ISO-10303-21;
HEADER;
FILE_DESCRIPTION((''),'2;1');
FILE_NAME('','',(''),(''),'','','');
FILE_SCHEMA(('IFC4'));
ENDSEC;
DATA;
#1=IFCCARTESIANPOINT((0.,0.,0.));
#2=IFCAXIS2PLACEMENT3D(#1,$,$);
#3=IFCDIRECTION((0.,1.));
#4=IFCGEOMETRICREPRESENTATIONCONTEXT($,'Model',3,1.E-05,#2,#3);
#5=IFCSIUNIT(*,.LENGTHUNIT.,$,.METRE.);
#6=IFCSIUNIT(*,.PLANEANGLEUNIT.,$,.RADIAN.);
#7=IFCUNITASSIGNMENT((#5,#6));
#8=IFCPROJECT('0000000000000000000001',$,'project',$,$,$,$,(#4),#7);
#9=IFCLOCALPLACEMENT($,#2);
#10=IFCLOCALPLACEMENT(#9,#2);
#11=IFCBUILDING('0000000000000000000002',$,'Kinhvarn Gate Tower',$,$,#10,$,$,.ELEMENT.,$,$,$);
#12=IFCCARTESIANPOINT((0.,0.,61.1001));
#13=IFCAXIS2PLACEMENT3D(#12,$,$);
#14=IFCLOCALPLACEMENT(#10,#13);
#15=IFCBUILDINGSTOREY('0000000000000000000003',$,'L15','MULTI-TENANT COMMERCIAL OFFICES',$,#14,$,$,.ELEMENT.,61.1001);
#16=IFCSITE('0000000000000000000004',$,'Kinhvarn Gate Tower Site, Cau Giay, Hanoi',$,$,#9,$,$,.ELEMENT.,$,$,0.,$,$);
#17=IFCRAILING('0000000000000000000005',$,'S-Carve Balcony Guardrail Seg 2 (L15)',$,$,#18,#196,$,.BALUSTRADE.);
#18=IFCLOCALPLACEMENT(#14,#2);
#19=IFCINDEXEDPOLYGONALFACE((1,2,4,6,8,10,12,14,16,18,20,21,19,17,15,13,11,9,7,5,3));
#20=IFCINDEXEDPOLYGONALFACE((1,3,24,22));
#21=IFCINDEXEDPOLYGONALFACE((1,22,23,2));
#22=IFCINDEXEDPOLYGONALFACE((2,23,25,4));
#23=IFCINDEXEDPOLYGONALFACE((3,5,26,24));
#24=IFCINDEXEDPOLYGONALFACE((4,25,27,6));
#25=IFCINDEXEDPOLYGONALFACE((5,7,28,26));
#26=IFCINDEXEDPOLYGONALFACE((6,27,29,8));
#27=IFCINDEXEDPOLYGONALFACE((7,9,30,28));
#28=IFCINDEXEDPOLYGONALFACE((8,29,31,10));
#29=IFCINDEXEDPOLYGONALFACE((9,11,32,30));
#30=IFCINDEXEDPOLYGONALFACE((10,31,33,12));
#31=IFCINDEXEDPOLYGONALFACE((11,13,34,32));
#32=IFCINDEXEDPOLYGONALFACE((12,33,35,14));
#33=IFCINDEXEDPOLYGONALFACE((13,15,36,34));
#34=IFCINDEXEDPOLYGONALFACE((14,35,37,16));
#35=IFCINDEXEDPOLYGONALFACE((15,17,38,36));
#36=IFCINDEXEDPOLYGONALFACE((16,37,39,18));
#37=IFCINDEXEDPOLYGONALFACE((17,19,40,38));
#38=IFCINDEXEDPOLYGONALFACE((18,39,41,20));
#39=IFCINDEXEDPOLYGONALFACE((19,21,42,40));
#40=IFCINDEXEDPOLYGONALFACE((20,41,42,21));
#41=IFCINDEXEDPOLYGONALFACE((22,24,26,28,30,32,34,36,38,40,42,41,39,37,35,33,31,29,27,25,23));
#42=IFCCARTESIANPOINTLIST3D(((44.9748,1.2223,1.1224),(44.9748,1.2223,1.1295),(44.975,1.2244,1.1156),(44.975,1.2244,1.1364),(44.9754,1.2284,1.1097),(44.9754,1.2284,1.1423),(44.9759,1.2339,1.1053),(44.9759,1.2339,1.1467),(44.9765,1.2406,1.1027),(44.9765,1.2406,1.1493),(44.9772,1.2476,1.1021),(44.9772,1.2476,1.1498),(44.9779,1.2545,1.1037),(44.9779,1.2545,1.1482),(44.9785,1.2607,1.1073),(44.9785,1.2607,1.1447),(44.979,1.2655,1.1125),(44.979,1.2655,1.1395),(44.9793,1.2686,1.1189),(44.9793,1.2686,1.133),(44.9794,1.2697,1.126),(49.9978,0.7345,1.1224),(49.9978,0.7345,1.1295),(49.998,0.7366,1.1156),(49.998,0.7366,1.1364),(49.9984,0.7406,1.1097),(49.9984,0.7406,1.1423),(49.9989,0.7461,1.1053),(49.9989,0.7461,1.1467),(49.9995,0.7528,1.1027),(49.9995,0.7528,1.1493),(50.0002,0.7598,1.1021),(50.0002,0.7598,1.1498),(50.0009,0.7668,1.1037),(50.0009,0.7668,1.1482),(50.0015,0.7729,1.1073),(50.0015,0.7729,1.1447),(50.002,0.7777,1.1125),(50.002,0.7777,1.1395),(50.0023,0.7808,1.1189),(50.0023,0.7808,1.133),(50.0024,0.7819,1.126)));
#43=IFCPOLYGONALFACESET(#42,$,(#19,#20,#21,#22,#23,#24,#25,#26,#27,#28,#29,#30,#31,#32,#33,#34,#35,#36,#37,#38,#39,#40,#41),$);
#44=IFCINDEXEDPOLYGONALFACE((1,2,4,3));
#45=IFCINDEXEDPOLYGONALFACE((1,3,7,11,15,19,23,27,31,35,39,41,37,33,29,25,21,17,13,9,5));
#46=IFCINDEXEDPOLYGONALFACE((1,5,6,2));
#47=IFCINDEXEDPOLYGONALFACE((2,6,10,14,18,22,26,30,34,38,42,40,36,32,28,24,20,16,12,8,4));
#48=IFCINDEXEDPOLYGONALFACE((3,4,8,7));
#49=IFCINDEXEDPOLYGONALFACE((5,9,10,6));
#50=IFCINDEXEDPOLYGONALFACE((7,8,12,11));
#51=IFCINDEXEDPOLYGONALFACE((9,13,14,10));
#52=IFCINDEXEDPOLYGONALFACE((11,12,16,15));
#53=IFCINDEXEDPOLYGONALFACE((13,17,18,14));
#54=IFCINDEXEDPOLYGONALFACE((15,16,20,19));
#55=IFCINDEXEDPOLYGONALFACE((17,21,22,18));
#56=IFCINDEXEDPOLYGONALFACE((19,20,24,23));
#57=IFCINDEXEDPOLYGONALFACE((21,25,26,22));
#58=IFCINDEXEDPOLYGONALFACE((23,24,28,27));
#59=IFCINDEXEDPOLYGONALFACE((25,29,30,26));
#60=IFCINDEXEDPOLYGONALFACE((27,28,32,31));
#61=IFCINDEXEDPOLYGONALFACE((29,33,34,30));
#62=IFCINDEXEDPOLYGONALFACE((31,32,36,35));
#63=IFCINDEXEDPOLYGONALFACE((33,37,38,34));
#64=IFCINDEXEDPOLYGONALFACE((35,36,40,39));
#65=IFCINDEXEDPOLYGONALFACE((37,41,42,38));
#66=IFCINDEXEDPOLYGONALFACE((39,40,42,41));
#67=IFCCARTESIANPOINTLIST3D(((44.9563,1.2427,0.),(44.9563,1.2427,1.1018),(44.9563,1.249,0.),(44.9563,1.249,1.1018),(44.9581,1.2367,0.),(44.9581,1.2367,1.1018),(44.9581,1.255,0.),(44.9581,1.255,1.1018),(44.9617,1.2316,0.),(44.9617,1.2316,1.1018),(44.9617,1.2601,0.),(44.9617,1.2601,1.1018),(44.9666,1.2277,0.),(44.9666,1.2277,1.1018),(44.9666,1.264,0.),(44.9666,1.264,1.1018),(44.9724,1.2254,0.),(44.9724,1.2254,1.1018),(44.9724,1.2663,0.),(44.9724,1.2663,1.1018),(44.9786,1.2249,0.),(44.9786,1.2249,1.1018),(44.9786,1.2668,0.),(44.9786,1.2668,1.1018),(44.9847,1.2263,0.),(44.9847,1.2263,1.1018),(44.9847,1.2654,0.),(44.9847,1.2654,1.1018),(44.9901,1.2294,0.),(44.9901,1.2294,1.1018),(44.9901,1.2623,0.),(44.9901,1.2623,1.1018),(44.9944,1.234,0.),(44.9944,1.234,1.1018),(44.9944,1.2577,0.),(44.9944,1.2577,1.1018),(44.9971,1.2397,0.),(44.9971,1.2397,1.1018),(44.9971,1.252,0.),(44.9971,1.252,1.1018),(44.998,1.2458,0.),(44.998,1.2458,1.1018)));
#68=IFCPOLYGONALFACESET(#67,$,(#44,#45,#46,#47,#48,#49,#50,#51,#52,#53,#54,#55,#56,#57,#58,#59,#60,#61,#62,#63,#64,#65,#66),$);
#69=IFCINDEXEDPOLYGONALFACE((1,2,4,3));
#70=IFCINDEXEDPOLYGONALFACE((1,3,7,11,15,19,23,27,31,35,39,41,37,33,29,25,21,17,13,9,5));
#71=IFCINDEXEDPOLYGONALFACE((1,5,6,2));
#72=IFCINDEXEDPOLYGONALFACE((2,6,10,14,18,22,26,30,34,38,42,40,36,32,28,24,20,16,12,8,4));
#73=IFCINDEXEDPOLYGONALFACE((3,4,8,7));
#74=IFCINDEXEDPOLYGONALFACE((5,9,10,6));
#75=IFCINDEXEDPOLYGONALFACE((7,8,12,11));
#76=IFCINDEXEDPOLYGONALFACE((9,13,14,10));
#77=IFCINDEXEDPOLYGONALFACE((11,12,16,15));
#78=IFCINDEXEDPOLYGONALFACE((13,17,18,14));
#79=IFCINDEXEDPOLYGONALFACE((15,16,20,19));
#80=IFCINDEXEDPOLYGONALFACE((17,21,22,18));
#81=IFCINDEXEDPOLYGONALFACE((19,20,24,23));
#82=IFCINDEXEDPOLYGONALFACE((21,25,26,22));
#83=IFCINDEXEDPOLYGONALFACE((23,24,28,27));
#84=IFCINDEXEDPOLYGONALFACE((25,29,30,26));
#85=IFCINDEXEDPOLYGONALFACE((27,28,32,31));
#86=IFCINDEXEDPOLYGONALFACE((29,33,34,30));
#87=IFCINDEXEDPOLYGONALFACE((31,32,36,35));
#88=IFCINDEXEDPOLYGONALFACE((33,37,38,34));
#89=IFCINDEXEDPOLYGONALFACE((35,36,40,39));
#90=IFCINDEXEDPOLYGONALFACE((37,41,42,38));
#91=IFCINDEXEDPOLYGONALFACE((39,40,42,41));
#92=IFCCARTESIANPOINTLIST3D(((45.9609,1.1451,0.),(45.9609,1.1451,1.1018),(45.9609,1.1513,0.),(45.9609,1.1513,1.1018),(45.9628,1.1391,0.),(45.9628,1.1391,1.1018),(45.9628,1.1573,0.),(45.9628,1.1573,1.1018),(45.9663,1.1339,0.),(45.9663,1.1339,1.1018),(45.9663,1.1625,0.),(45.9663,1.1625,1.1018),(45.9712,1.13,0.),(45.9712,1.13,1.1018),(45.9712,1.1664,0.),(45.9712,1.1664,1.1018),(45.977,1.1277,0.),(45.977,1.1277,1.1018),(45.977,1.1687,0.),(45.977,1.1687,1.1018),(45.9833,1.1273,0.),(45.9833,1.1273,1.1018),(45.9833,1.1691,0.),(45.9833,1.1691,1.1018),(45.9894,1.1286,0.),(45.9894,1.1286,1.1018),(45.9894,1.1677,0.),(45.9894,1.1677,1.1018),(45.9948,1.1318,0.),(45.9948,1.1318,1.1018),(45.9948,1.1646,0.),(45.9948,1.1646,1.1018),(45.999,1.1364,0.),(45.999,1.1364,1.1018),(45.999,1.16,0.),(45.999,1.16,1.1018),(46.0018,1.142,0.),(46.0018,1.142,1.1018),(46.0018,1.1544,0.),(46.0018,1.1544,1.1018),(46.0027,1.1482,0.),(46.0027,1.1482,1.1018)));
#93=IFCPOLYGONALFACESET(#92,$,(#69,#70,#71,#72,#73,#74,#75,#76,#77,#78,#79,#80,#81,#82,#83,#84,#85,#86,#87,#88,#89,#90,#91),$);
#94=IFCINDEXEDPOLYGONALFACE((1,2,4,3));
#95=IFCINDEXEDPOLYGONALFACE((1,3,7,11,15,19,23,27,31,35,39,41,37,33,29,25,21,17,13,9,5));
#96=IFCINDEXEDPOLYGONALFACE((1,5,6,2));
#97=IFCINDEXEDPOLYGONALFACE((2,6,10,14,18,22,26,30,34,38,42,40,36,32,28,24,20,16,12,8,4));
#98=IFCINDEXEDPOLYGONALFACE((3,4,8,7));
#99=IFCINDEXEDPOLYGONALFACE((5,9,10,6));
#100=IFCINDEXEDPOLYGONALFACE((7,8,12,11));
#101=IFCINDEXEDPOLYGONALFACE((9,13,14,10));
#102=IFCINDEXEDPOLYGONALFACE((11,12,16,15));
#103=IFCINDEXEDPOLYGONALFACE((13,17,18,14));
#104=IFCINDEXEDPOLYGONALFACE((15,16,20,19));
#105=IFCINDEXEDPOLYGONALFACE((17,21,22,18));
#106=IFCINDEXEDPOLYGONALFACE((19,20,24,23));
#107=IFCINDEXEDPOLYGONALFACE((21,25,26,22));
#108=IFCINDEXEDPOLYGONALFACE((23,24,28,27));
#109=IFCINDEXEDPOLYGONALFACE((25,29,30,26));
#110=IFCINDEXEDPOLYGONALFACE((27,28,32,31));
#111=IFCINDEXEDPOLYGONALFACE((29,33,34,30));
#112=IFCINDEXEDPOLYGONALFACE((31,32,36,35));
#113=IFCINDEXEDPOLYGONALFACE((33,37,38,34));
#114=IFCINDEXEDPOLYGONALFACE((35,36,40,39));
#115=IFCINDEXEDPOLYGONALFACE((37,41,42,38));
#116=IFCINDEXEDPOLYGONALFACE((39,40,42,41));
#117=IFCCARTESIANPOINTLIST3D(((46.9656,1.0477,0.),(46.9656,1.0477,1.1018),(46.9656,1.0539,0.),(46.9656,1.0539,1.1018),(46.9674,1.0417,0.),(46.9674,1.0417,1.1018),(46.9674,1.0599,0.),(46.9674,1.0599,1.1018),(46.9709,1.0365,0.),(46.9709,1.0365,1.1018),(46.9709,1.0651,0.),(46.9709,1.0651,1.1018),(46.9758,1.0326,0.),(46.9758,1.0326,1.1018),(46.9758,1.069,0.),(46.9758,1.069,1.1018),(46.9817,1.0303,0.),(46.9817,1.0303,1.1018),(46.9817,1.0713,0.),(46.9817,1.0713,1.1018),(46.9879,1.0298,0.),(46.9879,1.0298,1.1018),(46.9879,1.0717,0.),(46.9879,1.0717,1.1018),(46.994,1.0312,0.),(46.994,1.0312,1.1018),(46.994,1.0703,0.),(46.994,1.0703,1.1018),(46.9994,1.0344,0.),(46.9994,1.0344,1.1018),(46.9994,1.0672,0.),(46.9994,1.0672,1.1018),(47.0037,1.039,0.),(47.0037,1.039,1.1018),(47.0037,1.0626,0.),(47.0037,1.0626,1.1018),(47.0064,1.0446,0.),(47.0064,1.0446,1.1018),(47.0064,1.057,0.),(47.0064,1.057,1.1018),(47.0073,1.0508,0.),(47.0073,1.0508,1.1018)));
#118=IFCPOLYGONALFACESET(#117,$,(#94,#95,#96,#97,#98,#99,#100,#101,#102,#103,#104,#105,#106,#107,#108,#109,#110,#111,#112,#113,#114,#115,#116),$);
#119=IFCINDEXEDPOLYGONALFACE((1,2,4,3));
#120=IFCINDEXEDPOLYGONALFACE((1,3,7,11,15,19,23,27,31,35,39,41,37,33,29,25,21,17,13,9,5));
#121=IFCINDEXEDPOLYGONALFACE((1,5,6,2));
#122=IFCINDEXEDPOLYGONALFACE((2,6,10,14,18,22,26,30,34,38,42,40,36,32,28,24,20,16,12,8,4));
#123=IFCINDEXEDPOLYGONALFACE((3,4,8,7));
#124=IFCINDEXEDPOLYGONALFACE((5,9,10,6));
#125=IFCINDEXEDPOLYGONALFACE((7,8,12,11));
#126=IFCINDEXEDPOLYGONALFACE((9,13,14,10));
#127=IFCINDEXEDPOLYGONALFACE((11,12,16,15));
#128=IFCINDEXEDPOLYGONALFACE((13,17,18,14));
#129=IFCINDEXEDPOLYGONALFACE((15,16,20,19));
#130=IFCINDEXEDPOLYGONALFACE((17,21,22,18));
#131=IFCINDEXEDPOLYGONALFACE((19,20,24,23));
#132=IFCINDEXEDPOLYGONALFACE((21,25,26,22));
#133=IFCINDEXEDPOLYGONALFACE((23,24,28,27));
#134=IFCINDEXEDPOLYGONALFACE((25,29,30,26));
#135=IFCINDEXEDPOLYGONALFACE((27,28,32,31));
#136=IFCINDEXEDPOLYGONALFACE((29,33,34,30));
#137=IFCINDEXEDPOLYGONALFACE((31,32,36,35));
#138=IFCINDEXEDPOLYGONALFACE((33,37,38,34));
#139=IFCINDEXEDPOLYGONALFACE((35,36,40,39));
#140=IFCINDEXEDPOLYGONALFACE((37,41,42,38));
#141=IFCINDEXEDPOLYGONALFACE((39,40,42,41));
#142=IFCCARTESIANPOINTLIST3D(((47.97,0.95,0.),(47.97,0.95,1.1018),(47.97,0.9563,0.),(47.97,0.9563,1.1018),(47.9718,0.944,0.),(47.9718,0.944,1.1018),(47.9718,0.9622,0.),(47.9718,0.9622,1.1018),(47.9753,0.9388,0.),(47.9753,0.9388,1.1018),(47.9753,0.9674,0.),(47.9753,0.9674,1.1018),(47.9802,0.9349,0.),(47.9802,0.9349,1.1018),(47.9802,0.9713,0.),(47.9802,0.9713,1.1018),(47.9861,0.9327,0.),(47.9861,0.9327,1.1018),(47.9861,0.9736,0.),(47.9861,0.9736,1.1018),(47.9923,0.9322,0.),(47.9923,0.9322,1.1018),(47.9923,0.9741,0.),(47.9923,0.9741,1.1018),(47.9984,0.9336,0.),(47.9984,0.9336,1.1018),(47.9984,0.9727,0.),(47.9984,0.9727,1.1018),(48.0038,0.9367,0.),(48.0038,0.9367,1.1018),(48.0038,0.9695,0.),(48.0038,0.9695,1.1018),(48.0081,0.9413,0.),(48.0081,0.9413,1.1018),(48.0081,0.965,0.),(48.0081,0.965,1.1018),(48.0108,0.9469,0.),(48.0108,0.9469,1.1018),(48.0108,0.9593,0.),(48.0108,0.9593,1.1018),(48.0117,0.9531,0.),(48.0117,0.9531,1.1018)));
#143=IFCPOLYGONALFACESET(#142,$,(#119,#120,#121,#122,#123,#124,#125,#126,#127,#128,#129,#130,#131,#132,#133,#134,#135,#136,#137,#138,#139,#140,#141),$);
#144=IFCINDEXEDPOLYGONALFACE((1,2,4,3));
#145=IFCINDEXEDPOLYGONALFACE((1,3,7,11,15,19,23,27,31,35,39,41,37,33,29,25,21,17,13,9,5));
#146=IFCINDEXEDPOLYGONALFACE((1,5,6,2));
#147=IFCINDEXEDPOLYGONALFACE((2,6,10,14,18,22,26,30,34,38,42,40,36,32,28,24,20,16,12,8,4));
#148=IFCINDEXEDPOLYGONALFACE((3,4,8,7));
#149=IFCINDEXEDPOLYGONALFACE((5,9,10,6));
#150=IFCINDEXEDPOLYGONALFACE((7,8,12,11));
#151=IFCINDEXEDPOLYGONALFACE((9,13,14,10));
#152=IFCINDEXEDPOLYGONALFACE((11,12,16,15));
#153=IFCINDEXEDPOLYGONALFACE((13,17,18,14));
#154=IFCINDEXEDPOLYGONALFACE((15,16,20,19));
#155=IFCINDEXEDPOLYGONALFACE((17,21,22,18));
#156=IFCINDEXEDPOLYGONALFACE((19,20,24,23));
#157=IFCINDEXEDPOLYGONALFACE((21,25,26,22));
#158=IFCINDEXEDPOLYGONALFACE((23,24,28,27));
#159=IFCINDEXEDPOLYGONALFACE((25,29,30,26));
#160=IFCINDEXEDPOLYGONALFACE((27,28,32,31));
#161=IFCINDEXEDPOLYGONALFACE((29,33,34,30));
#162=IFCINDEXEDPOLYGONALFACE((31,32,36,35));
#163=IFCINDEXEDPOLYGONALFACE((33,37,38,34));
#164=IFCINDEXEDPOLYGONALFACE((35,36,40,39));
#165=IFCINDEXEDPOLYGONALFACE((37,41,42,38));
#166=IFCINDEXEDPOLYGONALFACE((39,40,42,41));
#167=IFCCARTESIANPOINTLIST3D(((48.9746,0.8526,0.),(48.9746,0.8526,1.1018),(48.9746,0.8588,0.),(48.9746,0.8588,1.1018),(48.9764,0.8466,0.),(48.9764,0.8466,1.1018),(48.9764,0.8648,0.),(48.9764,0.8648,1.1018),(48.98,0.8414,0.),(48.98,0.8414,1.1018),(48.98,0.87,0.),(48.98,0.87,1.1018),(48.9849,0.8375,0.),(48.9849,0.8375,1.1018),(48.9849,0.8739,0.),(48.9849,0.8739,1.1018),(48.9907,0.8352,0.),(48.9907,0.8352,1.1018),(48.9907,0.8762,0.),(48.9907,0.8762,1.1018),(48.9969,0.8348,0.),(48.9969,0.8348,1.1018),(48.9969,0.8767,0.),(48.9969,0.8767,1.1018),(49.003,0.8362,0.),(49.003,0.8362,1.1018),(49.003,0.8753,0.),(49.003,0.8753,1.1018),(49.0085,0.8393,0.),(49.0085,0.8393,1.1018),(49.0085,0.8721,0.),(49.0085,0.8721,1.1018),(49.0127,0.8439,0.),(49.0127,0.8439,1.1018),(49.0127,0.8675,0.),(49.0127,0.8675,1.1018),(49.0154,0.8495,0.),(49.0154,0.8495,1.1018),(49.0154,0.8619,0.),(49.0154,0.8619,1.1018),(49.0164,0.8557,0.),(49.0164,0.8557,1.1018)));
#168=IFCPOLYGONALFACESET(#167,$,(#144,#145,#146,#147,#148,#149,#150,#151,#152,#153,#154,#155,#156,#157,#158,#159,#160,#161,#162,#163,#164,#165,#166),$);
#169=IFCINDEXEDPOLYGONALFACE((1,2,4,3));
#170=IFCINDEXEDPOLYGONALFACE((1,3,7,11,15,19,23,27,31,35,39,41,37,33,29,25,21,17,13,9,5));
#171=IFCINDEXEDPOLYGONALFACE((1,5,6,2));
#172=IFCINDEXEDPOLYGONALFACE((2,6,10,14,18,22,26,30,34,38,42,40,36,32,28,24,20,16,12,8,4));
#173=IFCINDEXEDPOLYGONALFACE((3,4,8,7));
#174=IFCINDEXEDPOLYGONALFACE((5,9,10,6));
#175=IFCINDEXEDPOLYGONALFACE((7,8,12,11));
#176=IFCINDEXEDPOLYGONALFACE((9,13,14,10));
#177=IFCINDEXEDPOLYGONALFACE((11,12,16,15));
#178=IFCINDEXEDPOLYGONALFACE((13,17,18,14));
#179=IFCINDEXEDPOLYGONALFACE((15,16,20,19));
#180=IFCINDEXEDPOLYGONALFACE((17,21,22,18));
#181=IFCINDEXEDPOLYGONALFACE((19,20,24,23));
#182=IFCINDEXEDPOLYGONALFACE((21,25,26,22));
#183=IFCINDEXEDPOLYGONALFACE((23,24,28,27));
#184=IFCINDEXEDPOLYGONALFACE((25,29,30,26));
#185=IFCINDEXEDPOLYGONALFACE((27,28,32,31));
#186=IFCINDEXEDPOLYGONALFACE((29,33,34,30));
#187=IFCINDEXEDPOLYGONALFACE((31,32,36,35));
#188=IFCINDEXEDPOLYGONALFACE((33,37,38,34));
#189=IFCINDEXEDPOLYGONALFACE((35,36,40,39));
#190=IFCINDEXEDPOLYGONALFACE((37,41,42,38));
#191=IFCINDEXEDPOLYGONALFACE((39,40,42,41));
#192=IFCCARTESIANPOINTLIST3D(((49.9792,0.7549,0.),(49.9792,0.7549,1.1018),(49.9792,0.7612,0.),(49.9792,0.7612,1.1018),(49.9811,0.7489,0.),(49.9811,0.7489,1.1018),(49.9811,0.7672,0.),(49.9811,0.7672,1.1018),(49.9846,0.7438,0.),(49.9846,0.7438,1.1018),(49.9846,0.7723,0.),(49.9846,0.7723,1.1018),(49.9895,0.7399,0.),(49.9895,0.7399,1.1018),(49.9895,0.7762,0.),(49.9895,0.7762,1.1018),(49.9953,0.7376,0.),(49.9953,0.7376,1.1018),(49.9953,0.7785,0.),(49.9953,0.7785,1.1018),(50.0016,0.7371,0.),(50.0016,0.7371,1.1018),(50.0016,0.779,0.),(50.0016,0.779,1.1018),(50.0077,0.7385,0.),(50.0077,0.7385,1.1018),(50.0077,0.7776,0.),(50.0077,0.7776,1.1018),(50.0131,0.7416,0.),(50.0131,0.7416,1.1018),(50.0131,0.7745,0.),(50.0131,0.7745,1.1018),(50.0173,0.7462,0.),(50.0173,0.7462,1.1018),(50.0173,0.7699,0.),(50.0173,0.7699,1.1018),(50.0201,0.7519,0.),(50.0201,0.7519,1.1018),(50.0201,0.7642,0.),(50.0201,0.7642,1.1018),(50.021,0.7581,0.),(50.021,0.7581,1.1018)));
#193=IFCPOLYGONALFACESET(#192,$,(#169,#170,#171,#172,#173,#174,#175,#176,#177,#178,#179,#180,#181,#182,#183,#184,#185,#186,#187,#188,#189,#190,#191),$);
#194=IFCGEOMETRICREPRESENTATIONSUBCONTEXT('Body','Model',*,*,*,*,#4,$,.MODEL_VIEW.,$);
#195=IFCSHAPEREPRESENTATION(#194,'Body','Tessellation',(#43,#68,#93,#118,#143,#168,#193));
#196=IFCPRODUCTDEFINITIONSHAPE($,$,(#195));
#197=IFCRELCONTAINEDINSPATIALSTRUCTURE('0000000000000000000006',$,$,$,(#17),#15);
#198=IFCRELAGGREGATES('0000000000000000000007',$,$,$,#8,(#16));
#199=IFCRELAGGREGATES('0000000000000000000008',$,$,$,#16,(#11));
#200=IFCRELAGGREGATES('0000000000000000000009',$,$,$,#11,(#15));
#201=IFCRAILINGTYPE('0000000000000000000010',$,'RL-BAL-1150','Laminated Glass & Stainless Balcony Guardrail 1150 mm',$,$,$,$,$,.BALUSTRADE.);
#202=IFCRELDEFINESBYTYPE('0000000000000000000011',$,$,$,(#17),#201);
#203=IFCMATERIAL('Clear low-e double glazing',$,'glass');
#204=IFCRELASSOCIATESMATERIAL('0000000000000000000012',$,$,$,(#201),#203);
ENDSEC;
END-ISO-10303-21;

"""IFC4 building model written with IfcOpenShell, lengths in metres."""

from ifc_helpers import new_model, si_unit, direction, frame, origin, origin_2d, place, context, subcontext, project, spatial, circle, extrude, material, type_object, element, save


model = new_model("IFC4")

# Units and contexts
model_context = context("Model", 3, precision=1e-05, world=origin(), true_north=direction((0.0, 1.0)))
body_context = subcontext(model_context, "Body", "Model", "MODEL_VIEW")
ifc_project = project(units=[si_unit("LENGTHUNIT", "METRE"), si_unit("PLANEANGLEUNIT", "RADIAN")], contexts=[model_context])

# Site, building, storey
site_placement = place(None, origin())
site = spatial("IfcSite", under=ifc_project, at=site_placement, Name="Kinhvarn Gate Tower Site, Cau Giay, Hanoi", CompositionType="ELEMENT", RefElevation=0.0)
building_placement = place(site_placement, origin())
building = spatial("IfcBuilding", under=site, at=building_placement, Name="Kinhvarn Gate Tower", CompositionType="ELEMENT")
storey_placement = place(building_placement, frame((0.0, 0.0, 61.1001)))
storey = spatial("IfcBuildingStorey", under=building, at=storey_placement, Name="L15", Description="MULTI-TENANT COMMERCIAL OFFICES", CompositionType="ELEMENT", Elevation=61.1001)

# Shared definitions
ifc_material_1 = material(Name="Clear low-e double glazing", Category="glass")

# Railing
railing_type = type_object("IfcRailingType", Name="RL-BAL-1150", Description="Laminated Glass & Stainless Balcony Guardrail 1150 mm", PredefinedType="BALUSTRADE", material=ifc_material_1)
railing_1_placement = place(storey_placement, frame((44.9771, 1.2458, 0.0)))
element("IfcRailing", 1, at=railing_1_placement, inside=storey, type_object=railing_type, Name="S-Carve Balcony Guardrail Seg 2 (L15)", PredefinedType="BALUSTRADE", context=body_context, shape_type="SweptSolid", body=[
    extrude(circle(Radius=0.0239, at=origin_2d()), frame((0.0, 0.0, 1.126), z_axis=(0.995318, -0.096658, 0.0), x_axis=(0.096658, 0.995318, 0.0)), (0.0, 0.0, 1.0), 5.0466),
    extrude(circle(Radius=0.021, at=origin_2d()), origin(), (0.0, 0.0, 1.0), 1.1018),
    extrude(circle(Radius=0.021, at=origin_2d()), frame((1.0046, -0.0977, 0.0)), (0.0, 0.0, 1.0), 1.1018),
    extrude(circle(Radius=0.021, at=origin_2d()), frame((2.0093, -0.1951, 0.0)), (0.0, 0.0, 1.0), 1.1018),
    extrude(circle(Radius=0.021, at=origin_2d()), frame((3.0137, -0.2927, 0.0)), (0.0, 0.0, 1.0), 1.1018),
    extrude(circle(Radius=0.021, at=origin_2d()), frame((4.0183, -0.3901, 0.0)), (0.0, 0.0, 1.0), 1.1018),
    extrude(circle(Radius=0.021, at=origin_2d()), frame((5.0229, -0.4878, 0.0)), (0.0, 0.0, 1.0), 1.1018),
])

save(model, "model.ifc")
